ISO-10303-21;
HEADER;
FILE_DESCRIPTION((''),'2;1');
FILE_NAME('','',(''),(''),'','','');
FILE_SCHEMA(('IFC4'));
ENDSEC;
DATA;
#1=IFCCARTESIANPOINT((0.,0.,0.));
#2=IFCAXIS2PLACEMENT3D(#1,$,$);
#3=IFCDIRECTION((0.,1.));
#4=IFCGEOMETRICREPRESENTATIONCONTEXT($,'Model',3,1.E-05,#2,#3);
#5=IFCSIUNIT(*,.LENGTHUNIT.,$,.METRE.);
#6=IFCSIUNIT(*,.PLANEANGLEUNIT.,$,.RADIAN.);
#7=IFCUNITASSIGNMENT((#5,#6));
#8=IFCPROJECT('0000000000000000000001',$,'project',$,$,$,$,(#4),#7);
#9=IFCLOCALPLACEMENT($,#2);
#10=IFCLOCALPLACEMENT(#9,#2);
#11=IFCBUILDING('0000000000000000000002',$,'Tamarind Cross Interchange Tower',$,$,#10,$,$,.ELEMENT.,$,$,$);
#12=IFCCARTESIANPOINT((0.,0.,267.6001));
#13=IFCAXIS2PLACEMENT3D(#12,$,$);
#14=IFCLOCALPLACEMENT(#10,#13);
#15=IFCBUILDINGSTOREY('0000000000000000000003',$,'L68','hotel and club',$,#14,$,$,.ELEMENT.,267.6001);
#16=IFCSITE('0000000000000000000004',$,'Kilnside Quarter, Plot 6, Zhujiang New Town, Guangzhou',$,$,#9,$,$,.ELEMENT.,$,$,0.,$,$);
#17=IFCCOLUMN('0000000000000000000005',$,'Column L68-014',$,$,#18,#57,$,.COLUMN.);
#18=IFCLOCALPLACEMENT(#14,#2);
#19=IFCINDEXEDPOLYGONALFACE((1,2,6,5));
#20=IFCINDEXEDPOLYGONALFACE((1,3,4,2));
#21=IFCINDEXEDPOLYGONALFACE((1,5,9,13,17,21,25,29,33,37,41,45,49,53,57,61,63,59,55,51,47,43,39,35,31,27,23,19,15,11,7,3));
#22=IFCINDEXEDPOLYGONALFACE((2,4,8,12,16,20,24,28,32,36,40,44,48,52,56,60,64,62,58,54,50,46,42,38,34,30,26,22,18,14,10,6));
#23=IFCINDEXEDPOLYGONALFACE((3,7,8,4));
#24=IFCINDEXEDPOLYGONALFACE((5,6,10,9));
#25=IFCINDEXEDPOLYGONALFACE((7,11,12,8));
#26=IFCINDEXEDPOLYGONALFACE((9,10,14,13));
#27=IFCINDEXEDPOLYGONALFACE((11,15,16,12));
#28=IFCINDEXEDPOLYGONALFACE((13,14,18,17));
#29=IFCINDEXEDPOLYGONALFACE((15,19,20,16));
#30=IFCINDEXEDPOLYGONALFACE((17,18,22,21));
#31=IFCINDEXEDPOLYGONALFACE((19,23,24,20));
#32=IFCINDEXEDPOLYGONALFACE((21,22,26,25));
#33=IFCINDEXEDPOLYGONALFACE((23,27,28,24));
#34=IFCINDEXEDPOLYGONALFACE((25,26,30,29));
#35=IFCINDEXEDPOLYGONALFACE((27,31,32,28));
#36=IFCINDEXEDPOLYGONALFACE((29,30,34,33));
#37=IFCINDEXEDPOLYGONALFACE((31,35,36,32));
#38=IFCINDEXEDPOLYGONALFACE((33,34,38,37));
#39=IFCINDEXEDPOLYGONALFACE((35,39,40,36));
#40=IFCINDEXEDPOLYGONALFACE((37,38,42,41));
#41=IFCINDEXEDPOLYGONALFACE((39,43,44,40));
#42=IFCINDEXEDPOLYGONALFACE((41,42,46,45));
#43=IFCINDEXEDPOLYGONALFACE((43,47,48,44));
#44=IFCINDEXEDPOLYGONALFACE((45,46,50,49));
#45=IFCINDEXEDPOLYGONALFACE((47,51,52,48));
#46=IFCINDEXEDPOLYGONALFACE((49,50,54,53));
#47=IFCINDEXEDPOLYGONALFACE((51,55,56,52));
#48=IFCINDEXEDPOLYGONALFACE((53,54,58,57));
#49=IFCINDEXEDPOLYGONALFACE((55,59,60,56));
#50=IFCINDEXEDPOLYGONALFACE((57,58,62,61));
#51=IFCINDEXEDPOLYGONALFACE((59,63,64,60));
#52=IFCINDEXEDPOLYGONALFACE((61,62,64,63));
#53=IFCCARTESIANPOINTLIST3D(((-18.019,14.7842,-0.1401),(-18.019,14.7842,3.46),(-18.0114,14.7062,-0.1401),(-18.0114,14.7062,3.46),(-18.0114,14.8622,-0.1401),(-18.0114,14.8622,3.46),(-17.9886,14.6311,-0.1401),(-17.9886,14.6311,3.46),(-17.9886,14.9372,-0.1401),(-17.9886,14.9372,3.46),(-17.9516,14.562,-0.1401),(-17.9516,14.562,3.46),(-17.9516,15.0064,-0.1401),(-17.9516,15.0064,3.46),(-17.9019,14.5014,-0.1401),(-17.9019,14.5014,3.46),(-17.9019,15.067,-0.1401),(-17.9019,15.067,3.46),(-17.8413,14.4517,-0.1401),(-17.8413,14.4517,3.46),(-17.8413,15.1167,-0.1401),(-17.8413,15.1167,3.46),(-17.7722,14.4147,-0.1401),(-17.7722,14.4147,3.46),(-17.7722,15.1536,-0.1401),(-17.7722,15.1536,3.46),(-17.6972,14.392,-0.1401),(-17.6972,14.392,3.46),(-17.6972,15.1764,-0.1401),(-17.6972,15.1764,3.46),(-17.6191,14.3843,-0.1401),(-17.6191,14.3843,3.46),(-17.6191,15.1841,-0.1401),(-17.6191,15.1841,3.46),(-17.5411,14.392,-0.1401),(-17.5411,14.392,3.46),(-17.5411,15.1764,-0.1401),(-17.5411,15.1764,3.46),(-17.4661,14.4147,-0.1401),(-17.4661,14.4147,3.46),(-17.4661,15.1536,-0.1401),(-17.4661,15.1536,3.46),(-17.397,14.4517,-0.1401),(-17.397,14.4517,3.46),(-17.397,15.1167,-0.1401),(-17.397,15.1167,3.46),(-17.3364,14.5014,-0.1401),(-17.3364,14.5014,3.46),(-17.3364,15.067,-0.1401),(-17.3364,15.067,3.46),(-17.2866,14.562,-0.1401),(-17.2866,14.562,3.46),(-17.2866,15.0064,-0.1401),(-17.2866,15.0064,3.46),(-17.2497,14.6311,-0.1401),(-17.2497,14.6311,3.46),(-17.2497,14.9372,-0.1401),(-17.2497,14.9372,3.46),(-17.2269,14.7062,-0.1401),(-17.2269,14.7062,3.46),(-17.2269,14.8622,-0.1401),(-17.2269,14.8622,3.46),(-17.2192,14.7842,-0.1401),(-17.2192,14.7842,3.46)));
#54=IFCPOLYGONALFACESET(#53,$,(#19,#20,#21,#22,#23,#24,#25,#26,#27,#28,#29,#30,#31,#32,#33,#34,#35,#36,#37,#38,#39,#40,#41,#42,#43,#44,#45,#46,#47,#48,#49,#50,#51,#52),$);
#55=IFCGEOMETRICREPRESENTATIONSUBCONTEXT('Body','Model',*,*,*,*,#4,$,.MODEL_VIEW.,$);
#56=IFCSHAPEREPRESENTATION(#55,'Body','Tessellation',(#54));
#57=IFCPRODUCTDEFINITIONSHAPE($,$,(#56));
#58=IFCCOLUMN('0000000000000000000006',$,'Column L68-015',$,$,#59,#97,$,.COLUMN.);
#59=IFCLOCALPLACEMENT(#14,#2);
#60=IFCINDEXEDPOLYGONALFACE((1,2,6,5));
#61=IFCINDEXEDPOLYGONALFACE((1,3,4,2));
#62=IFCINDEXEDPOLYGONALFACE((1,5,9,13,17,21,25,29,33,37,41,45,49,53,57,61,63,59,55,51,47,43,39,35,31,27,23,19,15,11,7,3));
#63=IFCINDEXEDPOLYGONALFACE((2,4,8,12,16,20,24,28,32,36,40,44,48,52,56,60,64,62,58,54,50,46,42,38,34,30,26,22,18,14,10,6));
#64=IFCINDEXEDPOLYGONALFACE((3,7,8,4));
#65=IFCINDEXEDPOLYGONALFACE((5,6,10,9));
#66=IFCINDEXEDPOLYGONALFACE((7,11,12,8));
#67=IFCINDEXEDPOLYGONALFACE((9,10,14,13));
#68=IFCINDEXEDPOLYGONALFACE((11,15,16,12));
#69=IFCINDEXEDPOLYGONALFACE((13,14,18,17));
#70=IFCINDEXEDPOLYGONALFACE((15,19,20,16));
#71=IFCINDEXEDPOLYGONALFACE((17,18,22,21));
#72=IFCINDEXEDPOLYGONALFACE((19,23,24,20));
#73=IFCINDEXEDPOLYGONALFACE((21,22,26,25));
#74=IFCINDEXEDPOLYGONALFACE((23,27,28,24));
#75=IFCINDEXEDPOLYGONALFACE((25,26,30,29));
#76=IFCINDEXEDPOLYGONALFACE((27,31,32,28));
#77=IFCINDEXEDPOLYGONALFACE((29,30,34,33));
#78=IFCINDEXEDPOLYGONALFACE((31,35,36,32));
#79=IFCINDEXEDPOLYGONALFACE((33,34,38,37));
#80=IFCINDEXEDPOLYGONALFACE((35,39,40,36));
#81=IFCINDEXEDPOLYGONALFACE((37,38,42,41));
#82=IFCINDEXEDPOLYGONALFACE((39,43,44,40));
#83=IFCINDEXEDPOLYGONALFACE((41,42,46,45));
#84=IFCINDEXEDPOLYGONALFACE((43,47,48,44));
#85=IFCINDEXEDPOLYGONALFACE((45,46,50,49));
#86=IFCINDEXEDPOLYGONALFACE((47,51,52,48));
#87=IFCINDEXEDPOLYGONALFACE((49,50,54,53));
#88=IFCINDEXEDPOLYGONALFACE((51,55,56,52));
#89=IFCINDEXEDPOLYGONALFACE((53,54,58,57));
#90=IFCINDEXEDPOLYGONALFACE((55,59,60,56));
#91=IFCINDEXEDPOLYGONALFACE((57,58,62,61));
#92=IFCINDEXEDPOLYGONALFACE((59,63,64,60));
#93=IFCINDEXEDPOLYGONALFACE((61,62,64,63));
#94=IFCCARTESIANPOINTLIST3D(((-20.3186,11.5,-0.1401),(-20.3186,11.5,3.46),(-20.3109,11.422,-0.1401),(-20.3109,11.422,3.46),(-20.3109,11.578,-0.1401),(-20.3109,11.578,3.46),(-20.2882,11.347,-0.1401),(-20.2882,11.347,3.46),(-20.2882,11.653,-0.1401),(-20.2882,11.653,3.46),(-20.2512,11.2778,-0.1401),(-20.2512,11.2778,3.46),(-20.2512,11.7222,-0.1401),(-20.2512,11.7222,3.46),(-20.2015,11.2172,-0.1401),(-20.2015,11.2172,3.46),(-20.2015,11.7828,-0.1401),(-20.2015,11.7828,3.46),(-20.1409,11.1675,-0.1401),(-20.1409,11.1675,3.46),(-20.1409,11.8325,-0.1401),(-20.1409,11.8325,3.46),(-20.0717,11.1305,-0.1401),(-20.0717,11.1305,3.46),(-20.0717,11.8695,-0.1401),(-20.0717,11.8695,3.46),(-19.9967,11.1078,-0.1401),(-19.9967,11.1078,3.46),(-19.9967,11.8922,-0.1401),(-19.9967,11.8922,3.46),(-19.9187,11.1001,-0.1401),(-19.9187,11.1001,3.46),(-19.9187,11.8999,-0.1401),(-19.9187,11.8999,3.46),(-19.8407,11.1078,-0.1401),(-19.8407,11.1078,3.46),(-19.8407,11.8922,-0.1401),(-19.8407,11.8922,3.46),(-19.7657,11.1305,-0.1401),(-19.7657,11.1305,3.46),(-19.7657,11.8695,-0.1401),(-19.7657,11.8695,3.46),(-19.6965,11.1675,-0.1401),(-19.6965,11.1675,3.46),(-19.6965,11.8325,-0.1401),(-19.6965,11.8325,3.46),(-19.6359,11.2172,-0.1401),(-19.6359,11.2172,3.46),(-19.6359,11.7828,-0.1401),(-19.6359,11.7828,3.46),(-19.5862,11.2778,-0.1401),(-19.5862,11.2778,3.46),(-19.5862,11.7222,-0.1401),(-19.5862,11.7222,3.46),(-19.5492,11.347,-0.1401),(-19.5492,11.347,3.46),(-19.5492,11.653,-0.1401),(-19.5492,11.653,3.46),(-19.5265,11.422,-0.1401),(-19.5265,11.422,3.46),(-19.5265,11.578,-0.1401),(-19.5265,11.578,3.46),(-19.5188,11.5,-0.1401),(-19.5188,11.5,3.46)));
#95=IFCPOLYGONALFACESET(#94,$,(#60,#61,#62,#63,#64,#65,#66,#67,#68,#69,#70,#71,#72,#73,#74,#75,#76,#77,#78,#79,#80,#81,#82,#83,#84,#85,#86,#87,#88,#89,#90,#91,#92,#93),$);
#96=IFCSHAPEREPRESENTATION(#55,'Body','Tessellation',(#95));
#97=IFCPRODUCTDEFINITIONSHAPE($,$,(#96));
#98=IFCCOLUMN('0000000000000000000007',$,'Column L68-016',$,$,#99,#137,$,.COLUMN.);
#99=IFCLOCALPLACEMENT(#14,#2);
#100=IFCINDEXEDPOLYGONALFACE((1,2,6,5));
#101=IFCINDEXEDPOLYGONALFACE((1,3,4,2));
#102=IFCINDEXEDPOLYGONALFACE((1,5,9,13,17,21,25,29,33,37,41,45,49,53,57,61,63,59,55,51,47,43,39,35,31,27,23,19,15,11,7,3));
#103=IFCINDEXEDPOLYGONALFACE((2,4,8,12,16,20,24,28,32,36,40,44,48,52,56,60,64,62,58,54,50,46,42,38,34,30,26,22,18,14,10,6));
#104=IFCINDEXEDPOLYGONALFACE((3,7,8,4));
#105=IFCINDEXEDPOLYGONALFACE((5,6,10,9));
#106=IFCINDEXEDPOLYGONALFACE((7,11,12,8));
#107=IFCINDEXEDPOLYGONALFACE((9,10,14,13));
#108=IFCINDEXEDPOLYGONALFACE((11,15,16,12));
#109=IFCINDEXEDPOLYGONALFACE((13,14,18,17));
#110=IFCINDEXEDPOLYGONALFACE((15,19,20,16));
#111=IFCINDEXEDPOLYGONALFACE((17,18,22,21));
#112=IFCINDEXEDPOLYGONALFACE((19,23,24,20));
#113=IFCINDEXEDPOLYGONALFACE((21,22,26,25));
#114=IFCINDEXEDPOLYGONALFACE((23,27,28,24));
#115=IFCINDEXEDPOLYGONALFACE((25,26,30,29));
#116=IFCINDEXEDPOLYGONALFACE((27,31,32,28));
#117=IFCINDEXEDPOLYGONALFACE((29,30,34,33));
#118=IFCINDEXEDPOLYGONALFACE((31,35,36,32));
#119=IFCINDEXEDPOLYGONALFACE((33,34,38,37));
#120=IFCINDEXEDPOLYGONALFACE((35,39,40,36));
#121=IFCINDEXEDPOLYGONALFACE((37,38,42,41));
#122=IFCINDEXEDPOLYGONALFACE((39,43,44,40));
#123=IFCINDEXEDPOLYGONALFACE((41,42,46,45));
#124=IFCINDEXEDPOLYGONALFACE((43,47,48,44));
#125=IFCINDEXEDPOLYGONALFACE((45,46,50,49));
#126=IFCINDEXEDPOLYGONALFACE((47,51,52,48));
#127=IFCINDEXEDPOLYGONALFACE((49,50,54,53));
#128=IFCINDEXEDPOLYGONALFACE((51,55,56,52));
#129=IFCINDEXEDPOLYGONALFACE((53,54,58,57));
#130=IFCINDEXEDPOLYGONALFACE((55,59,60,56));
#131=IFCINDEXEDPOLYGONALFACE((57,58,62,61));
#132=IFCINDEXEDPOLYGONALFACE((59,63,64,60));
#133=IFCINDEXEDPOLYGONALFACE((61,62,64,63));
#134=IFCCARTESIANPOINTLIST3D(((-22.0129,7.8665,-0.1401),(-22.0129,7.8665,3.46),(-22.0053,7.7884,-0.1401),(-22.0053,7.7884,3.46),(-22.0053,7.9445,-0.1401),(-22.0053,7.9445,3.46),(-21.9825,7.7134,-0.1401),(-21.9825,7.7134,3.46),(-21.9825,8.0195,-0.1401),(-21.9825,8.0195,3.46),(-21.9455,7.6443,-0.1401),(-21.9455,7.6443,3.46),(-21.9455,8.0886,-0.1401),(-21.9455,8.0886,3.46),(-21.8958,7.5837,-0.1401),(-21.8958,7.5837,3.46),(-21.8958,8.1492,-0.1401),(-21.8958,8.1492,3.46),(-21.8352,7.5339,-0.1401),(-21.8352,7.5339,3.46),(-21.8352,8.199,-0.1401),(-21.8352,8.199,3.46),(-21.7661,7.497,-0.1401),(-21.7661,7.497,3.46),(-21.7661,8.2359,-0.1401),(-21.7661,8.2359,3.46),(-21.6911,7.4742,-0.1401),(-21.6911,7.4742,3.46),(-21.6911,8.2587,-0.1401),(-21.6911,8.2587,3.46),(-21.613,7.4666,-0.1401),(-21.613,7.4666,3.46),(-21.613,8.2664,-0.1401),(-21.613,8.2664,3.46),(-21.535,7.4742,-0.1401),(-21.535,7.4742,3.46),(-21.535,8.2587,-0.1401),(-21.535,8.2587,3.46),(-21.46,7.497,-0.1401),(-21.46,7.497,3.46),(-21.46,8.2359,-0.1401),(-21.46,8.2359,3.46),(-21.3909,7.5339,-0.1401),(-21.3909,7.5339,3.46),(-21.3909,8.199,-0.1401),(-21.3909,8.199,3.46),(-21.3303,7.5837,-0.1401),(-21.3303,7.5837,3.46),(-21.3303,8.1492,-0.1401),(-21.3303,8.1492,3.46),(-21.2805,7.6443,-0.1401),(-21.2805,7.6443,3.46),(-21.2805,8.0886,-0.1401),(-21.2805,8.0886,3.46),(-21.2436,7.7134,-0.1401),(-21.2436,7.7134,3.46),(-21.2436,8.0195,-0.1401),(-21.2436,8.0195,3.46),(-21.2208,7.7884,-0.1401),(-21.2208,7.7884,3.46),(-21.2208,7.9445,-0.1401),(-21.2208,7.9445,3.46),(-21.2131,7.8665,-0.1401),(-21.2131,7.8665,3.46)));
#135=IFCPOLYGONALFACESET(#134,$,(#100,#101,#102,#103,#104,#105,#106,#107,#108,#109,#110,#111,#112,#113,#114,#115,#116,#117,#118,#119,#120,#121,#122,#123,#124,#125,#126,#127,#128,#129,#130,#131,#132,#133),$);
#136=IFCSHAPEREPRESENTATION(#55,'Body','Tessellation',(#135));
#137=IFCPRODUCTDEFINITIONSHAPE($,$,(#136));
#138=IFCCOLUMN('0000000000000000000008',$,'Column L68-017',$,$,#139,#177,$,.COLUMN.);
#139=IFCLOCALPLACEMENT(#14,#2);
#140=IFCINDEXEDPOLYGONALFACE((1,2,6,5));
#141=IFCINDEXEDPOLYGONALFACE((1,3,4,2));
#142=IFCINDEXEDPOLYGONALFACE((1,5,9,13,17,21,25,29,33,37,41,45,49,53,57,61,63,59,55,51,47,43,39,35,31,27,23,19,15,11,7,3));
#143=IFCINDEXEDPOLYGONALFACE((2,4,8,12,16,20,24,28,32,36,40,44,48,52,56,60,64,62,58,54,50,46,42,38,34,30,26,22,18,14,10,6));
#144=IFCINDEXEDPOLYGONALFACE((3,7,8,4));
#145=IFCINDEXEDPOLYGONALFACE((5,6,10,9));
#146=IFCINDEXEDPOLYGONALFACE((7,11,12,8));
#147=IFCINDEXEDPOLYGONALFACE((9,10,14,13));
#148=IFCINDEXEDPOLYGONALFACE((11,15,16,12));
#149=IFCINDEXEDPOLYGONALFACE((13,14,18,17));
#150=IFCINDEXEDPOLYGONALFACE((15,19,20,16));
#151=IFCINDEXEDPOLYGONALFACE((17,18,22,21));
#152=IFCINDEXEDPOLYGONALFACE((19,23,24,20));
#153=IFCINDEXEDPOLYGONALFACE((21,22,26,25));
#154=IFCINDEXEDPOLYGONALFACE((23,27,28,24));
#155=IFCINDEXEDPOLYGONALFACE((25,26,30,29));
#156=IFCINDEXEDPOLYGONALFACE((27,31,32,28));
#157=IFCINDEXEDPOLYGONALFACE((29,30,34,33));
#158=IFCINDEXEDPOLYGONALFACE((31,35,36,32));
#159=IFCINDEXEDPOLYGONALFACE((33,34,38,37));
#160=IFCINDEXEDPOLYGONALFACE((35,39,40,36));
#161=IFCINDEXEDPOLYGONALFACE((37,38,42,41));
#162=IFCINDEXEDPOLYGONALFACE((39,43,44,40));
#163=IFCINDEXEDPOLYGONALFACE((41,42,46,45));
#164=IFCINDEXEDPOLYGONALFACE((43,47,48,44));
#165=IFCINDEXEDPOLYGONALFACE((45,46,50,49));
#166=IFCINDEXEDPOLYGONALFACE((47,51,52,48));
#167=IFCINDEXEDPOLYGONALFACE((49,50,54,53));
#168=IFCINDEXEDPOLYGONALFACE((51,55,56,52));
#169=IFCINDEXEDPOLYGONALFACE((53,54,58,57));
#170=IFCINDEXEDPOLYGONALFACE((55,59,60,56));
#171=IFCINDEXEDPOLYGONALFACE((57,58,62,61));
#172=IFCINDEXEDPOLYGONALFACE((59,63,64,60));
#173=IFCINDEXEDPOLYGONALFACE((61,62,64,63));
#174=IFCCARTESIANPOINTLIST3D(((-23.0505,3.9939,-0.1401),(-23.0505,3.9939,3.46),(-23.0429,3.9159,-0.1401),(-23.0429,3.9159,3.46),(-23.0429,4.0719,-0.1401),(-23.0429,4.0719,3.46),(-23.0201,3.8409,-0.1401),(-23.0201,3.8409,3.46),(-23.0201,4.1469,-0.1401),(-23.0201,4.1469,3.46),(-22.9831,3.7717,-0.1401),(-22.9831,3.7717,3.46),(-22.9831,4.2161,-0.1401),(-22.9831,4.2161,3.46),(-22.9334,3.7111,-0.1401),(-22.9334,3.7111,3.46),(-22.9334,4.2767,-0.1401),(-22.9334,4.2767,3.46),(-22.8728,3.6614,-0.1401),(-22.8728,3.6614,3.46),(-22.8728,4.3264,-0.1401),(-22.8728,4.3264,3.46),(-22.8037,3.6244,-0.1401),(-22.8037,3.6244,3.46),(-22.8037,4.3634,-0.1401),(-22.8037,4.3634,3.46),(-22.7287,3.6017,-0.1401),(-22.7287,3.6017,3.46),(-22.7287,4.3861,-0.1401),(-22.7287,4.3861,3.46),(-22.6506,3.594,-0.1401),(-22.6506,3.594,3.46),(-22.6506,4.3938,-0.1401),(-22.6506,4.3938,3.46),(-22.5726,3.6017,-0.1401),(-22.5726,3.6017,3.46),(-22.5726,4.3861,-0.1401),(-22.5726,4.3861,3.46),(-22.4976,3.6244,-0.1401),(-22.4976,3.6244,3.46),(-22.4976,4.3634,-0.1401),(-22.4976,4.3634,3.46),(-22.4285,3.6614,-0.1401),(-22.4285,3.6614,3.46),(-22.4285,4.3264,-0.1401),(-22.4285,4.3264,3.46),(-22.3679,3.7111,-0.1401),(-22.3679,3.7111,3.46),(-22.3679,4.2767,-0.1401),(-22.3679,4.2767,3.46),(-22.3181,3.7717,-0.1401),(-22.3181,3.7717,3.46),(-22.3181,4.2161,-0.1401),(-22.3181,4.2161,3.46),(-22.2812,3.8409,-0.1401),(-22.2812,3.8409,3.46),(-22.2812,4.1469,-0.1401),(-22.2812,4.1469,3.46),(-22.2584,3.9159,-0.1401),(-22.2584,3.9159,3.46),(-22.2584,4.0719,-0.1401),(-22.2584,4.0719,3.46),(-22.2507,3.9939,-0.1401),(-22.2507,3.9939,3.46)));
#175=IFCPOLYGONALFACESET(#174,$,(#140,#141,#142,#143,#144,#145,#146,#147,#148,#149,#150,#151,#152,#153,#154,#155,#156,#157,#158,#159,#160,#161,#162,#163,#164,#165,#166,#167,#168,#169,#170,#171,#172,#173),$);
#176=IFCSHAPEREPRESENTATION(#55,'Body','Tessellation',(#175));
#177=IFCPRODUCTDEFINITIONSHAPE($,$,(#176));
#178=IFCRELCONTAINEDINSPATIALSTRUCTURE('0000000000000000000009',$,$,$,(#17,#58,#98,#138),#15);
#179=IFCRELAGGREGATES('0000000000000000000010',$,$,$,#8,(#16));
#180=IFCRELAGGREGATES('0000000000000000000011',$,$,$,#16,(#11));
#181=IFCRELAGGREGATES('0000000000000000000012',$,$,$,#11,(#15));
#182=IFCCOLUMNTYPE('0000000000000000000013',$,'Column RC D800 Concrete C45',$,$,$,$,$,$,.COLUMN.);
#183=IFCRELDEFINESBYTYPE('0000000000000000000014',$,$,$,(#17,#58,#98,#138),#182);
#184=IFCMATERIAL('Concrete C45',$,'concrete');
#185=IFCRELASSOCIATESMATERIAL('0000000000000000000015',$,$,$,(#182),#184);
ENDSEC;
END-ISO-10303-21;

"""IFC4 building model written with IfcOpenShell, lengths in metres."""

from ifc_helpers import new_model, si_unit, direction, frame, origin, origin_2d, place, context, subcontext, project, spatial, circle, extrude, material, material_profile, profile_set, type_object, element, save


model = new_model("IFC4")

# Units and contexts
model_context = context("Model", 3, precision=1e-05, world=origin(), true_north=direction((0.0, 1.0)))
body_context = subcontext(model_context, "Body", "Model", "MODEL_VIEW")
ifc_project = project(units=[si_unit("LENGTHUNIT", "METRE"), si_unit("PLANEANGLEUNIT", "RADIAN")], contexts=[model_context])

# Site, building, storey
site_placement = place(None, origin())
site = spatial("IfcSite", under=ifc_project, at=site_placement, Name="Kilnside Quarter, Plot 6, Zhujiang New Town, Guangzhou", CompositionType="ELEMENT", RefElevation=0.0)
building_placement = place(site_placement, origin())
building = spatial("IfcBuilding", under=site, at=building_placement, Name="Tamarind Cross Interchange Tower", CompositionType="ELEMENT")
storey_placement = place(building_placement, frame((0.0, 0.0, 267.6001)))
storey = spatial("IfcBuildingStorey", under=building, at=storey_placement, Name="L68", Description="hotel and club", CompositionType="ELEMENT", Elevation=267.6001)

# Columns
ifc_material_1 = material(Name="Concrete C45", Category="concrete")
ifc_material_profile_1 = material_profile(ifc_material_1, circle(Radius=0.3999, at=origin_2d()), Name="RC D800")
ifc_profile_set_1 = profile_set([ifc_material_profile_1], Name="Concrete C45")
column_type = type_object("IfcColumnType", Name="Column RC D800 Concrete C45", PredefinedType="COLUMN", material=ifc_profile_set_1)
for number, where, z_axis, x_axis, name in (
    (1, (-17.6191, 14.7842, -0.1401), (0.0, 0.0, 1.0), (1.0, 0.0, 0.0), "Column L68-014"),
    (2, (-19.9187, 11.5, -0.1401), (0.0, 0.0, 1.0), (1.0, 0.0, 0.0), "Column L68-015"),
    (3, (-21.613, 7.8665, -0.1401), (0.0, 0.0, 1.0), (1.0, 0.0, 0.0), "Column L68-016"),
    (4, (-22.6506, 3.9939, -0.1401), (0.0, 0.0, 1.0), (1.0, 0.0, 0.0), "Column L68-017"),
):
    element("IfcColumn", number, at=place(storey_placement, frame(where, z_axis=z_axis, x_axis=x_axis)), inside=storey, type_object=column_type, Name=name, PredefinedType="COLUMN", context=body_context, shape_type="SweptSolid", body=[
        extrude(circle(Radius=0.3999, at=origin_2d()), origin(), (0.0, 0.0, 1.0), 3.6001),
    ])

save(model, "model.ifc")
